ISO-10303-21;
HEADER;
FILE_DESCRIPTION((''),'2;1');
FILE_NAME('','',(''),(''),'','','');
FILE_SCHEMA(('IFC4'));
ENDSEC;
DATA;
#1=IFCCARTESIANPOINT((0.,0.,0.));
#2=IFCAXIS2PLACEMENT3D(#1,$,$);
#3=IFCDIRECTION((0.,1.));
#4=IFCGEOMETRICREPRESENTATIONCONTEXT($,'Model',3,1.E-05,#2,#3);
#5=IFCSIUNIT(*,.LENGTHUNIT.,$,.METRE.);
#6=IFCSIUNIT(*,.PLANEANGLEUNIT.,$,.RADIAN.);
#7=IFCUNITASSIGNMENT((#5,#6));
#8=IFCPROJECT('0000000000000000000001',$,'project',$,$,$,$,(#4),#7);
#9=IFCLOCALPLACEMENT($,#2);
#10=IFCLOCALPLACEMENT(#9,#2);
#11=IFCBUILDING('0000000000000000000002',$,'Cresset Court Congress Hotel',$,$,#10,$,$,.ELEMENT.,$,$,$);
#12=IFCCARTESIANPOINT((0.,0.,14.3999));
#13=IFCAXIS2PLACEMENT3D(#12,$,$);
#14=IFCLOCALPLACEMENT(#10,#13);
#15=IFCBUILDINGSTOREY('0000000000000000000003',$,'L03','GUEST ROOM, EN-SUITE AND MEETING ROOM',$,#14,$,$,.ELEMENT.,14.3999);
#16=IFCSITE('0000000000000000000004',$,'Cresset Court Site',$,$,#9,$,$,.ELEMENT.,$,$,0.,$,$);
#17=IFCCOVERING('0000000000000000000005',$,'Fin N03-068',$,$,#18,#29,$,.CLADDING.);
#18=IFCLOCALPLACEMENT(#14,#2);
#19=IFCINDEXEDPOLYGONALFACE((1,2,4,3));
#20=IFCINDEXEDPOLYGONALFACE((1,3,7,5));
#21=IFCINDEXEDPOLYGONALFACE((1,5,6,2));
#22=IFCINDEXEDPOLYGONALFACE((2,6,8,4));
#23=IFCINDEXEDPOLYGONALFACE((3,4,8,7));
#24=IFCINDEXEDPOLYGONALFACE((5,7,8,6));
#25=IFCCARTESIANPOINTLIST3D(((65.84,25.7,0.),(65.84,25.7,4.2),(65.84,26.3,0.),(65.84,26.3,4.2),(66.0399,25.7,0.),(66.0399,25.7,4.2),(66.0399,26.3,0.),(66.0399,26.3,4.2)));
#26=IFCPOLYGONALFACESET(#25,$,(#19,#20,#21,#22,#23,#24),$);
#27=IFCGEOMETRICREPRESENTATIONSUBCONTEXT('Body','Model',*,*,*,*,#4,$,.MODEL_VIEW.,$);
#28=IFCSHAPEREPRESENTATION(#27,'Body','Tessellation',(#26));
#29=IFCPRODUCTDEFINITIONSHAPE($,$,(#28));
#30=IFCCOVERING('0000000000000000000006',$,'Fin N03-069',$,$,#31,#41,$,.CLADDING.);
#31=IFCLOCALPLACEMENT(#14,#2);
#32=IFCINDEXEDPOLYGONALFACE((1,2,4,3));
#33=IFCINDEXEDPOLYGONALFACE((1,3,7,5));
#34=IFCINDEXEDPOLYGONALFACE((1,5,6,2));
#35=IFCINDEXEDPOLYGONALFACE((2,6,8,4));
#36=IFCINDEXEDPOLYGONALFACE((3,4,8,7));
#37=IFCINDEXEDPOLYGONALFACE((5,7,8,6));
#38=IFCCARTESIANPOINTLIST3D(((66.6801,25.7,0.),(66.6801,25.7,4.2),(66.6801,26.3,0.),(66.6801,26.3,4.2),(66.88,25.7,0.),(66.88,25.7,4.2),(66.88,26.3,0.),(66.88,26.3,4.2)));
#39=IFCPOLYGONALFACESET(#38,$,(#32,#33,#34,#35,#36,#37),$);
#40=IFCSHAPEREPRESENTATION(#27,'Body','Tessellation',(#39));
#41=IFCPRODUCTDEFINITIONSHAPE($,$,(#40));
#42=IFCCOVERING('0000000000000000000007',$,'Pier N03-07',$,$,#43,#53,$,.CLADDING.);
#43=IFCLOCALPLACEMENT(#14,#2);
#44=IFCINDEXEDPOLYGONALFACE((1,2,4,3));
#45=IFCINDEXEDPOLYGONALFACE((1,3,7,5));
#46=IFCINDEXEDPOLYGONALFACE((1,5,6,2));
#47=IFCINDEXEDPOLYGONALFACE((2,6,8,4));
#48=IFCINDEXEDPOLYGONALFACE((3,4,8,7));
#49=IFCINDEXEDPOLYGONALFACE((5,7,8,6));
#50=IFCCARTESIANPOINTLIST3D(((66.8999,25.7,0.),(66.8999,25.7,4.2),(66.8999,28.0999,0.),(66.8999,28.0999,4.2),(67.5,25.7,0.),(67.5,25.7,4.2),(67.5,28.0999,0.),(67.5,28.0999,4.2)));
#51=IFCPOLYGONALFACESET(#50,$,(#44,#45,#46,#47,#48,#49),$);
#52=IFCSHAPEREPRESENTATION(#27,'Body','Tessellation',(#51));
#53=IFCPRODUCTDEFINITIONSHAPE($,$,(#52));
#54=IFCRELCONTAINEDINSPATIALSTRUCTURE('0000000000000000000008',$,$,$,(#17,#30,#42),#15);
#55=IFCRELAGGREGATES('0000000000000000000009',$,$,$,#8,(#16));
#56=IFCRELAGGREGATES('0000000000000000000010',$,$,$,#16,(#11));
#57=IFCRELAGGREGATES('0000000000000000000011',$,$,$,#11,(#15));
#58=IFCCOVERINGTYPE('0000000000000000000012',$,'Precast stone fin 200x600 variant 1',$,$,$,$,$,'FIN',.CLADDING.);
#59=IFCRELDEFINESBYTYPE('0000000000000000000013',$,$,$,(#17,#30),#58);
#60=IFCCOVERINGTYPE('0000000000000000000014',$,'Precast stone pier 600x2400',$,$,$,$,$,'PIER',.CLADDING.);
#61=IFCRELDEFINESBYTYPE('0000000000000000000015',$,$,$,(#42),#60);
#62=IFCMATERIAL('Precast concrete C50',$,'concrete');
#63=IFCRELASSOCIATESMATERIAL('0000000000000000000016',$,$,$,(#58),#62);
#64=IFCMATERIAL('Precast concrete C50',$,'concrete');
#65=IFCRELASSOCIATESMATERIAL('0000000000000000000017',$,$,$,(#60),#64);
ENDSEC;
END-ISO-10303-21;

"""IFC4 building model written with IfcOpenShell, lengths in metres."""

from ifc_helpers import new_model, si_unit, direction, frame, origin, origin_2d, place, context, subcontext, project, spatial, rectangle, extrude, material, type_object, element, save


model = new_model("IFC4")

# Units and contexts
model_context = context("Model", 3, precision=1e-05, world=origin(), true_north=direction((0.0, 1.0)))
body_context = subcontext(model_context, "Body", "Model", "MODEL_VIEW")
ifc_project = project(units=[si_unit("LENGTHUNIT", "METRE"), si_unit("PLANEANGLEUNIT", "RADIAN")], contexts=[model_context])

# Site, building, storey
site_placement = place(None, origin())
site = spatial("IfcSite", under=ifc_project, at=site_placement, Name="Cresset Court Site", CompositionType="ELEMENT", RefElevation=0.0)
building_placement = place(site_placement, origin())
building = spatial("IfcBuilding", under=site, at=building_placement, Name="Cresset Court Congress Hotel", CompositionType="ELEMENT")
storey_placement = place(building_placement, frame((0.0, 0.0, 14.3999)))
storey = spatial("IfcBuildingStorey", under=building, at=storey_placement, Name="L03", Description="GUEST ROOM, EN-SUITE AND MEETING ROOM", CompositionType="ELEMENT", Elevation=14.3999)

# Coverings
ifc_material_1 = material(Name="Precast concrete C50", Category="concrete")
covering_type_1 = type_object("IfcCoveringType", Name="Precast stone fin 200x600 variant 1", ElementType="FIN", PredefinedType="CLADDING", material=ifc_material_1)
for number, where, z_axis, x_axis, name in (
    (1, (65.9399, 26.0, 0.0), (0.0, 0.0, 1.0), (1.0, 0.0, 0.0), "Fin N03-068"),
    (2, (66.78, 26.0, 0.0), (0.0, 0.0, 1.0), (1.0, 0.0, 0.0), "Fin N03-069"),
):
    element("IfcCovering", number, at=place(storey_placement, frame(where, z_axis=z_axis, x_axis=x_axis)), inside=storey, type_object=covering_type_1, Name=name, PredefinedType="CLADDING", context=body_context, shape_type="SweptSolid", body=[
        extrude(rectangle(XDim=0.2, YDim=0.6001, at=origin_2d()), origin(), (0.0, 0.0, 1.0), 4.2),
    ])
ifc_material_2 = material(Name="Precast concrete C50", Category="concrete")
covering_type_2 = type_object("IfcCoveringType", Name="Precast stone pier 600x2400", ElementType="PIER", PredefinedType="CLADDING", material=ifc_material_2)
covering_placement = place(storey_placement, frame((67.2, 26.8999, 0.0), z_axis=(0.0, 0.0, 1.0), x_axis=(1.0, 0.0, 0.0)))
element("IfcCovering", 3, at=covering_placement, inside=storey, type_object=covering_type_2, Name="Pier N03-07", PredefinedType="CLADDING", context=body_context, shape_type="SweptSolid", body=[
    extrude(rectangle(XDim=0.6001, YDim=2.3999, at=origin_2d()), origin(), (0.0, 0.0, 1.0), 4.2),
])

save(model, "model.ifc")
